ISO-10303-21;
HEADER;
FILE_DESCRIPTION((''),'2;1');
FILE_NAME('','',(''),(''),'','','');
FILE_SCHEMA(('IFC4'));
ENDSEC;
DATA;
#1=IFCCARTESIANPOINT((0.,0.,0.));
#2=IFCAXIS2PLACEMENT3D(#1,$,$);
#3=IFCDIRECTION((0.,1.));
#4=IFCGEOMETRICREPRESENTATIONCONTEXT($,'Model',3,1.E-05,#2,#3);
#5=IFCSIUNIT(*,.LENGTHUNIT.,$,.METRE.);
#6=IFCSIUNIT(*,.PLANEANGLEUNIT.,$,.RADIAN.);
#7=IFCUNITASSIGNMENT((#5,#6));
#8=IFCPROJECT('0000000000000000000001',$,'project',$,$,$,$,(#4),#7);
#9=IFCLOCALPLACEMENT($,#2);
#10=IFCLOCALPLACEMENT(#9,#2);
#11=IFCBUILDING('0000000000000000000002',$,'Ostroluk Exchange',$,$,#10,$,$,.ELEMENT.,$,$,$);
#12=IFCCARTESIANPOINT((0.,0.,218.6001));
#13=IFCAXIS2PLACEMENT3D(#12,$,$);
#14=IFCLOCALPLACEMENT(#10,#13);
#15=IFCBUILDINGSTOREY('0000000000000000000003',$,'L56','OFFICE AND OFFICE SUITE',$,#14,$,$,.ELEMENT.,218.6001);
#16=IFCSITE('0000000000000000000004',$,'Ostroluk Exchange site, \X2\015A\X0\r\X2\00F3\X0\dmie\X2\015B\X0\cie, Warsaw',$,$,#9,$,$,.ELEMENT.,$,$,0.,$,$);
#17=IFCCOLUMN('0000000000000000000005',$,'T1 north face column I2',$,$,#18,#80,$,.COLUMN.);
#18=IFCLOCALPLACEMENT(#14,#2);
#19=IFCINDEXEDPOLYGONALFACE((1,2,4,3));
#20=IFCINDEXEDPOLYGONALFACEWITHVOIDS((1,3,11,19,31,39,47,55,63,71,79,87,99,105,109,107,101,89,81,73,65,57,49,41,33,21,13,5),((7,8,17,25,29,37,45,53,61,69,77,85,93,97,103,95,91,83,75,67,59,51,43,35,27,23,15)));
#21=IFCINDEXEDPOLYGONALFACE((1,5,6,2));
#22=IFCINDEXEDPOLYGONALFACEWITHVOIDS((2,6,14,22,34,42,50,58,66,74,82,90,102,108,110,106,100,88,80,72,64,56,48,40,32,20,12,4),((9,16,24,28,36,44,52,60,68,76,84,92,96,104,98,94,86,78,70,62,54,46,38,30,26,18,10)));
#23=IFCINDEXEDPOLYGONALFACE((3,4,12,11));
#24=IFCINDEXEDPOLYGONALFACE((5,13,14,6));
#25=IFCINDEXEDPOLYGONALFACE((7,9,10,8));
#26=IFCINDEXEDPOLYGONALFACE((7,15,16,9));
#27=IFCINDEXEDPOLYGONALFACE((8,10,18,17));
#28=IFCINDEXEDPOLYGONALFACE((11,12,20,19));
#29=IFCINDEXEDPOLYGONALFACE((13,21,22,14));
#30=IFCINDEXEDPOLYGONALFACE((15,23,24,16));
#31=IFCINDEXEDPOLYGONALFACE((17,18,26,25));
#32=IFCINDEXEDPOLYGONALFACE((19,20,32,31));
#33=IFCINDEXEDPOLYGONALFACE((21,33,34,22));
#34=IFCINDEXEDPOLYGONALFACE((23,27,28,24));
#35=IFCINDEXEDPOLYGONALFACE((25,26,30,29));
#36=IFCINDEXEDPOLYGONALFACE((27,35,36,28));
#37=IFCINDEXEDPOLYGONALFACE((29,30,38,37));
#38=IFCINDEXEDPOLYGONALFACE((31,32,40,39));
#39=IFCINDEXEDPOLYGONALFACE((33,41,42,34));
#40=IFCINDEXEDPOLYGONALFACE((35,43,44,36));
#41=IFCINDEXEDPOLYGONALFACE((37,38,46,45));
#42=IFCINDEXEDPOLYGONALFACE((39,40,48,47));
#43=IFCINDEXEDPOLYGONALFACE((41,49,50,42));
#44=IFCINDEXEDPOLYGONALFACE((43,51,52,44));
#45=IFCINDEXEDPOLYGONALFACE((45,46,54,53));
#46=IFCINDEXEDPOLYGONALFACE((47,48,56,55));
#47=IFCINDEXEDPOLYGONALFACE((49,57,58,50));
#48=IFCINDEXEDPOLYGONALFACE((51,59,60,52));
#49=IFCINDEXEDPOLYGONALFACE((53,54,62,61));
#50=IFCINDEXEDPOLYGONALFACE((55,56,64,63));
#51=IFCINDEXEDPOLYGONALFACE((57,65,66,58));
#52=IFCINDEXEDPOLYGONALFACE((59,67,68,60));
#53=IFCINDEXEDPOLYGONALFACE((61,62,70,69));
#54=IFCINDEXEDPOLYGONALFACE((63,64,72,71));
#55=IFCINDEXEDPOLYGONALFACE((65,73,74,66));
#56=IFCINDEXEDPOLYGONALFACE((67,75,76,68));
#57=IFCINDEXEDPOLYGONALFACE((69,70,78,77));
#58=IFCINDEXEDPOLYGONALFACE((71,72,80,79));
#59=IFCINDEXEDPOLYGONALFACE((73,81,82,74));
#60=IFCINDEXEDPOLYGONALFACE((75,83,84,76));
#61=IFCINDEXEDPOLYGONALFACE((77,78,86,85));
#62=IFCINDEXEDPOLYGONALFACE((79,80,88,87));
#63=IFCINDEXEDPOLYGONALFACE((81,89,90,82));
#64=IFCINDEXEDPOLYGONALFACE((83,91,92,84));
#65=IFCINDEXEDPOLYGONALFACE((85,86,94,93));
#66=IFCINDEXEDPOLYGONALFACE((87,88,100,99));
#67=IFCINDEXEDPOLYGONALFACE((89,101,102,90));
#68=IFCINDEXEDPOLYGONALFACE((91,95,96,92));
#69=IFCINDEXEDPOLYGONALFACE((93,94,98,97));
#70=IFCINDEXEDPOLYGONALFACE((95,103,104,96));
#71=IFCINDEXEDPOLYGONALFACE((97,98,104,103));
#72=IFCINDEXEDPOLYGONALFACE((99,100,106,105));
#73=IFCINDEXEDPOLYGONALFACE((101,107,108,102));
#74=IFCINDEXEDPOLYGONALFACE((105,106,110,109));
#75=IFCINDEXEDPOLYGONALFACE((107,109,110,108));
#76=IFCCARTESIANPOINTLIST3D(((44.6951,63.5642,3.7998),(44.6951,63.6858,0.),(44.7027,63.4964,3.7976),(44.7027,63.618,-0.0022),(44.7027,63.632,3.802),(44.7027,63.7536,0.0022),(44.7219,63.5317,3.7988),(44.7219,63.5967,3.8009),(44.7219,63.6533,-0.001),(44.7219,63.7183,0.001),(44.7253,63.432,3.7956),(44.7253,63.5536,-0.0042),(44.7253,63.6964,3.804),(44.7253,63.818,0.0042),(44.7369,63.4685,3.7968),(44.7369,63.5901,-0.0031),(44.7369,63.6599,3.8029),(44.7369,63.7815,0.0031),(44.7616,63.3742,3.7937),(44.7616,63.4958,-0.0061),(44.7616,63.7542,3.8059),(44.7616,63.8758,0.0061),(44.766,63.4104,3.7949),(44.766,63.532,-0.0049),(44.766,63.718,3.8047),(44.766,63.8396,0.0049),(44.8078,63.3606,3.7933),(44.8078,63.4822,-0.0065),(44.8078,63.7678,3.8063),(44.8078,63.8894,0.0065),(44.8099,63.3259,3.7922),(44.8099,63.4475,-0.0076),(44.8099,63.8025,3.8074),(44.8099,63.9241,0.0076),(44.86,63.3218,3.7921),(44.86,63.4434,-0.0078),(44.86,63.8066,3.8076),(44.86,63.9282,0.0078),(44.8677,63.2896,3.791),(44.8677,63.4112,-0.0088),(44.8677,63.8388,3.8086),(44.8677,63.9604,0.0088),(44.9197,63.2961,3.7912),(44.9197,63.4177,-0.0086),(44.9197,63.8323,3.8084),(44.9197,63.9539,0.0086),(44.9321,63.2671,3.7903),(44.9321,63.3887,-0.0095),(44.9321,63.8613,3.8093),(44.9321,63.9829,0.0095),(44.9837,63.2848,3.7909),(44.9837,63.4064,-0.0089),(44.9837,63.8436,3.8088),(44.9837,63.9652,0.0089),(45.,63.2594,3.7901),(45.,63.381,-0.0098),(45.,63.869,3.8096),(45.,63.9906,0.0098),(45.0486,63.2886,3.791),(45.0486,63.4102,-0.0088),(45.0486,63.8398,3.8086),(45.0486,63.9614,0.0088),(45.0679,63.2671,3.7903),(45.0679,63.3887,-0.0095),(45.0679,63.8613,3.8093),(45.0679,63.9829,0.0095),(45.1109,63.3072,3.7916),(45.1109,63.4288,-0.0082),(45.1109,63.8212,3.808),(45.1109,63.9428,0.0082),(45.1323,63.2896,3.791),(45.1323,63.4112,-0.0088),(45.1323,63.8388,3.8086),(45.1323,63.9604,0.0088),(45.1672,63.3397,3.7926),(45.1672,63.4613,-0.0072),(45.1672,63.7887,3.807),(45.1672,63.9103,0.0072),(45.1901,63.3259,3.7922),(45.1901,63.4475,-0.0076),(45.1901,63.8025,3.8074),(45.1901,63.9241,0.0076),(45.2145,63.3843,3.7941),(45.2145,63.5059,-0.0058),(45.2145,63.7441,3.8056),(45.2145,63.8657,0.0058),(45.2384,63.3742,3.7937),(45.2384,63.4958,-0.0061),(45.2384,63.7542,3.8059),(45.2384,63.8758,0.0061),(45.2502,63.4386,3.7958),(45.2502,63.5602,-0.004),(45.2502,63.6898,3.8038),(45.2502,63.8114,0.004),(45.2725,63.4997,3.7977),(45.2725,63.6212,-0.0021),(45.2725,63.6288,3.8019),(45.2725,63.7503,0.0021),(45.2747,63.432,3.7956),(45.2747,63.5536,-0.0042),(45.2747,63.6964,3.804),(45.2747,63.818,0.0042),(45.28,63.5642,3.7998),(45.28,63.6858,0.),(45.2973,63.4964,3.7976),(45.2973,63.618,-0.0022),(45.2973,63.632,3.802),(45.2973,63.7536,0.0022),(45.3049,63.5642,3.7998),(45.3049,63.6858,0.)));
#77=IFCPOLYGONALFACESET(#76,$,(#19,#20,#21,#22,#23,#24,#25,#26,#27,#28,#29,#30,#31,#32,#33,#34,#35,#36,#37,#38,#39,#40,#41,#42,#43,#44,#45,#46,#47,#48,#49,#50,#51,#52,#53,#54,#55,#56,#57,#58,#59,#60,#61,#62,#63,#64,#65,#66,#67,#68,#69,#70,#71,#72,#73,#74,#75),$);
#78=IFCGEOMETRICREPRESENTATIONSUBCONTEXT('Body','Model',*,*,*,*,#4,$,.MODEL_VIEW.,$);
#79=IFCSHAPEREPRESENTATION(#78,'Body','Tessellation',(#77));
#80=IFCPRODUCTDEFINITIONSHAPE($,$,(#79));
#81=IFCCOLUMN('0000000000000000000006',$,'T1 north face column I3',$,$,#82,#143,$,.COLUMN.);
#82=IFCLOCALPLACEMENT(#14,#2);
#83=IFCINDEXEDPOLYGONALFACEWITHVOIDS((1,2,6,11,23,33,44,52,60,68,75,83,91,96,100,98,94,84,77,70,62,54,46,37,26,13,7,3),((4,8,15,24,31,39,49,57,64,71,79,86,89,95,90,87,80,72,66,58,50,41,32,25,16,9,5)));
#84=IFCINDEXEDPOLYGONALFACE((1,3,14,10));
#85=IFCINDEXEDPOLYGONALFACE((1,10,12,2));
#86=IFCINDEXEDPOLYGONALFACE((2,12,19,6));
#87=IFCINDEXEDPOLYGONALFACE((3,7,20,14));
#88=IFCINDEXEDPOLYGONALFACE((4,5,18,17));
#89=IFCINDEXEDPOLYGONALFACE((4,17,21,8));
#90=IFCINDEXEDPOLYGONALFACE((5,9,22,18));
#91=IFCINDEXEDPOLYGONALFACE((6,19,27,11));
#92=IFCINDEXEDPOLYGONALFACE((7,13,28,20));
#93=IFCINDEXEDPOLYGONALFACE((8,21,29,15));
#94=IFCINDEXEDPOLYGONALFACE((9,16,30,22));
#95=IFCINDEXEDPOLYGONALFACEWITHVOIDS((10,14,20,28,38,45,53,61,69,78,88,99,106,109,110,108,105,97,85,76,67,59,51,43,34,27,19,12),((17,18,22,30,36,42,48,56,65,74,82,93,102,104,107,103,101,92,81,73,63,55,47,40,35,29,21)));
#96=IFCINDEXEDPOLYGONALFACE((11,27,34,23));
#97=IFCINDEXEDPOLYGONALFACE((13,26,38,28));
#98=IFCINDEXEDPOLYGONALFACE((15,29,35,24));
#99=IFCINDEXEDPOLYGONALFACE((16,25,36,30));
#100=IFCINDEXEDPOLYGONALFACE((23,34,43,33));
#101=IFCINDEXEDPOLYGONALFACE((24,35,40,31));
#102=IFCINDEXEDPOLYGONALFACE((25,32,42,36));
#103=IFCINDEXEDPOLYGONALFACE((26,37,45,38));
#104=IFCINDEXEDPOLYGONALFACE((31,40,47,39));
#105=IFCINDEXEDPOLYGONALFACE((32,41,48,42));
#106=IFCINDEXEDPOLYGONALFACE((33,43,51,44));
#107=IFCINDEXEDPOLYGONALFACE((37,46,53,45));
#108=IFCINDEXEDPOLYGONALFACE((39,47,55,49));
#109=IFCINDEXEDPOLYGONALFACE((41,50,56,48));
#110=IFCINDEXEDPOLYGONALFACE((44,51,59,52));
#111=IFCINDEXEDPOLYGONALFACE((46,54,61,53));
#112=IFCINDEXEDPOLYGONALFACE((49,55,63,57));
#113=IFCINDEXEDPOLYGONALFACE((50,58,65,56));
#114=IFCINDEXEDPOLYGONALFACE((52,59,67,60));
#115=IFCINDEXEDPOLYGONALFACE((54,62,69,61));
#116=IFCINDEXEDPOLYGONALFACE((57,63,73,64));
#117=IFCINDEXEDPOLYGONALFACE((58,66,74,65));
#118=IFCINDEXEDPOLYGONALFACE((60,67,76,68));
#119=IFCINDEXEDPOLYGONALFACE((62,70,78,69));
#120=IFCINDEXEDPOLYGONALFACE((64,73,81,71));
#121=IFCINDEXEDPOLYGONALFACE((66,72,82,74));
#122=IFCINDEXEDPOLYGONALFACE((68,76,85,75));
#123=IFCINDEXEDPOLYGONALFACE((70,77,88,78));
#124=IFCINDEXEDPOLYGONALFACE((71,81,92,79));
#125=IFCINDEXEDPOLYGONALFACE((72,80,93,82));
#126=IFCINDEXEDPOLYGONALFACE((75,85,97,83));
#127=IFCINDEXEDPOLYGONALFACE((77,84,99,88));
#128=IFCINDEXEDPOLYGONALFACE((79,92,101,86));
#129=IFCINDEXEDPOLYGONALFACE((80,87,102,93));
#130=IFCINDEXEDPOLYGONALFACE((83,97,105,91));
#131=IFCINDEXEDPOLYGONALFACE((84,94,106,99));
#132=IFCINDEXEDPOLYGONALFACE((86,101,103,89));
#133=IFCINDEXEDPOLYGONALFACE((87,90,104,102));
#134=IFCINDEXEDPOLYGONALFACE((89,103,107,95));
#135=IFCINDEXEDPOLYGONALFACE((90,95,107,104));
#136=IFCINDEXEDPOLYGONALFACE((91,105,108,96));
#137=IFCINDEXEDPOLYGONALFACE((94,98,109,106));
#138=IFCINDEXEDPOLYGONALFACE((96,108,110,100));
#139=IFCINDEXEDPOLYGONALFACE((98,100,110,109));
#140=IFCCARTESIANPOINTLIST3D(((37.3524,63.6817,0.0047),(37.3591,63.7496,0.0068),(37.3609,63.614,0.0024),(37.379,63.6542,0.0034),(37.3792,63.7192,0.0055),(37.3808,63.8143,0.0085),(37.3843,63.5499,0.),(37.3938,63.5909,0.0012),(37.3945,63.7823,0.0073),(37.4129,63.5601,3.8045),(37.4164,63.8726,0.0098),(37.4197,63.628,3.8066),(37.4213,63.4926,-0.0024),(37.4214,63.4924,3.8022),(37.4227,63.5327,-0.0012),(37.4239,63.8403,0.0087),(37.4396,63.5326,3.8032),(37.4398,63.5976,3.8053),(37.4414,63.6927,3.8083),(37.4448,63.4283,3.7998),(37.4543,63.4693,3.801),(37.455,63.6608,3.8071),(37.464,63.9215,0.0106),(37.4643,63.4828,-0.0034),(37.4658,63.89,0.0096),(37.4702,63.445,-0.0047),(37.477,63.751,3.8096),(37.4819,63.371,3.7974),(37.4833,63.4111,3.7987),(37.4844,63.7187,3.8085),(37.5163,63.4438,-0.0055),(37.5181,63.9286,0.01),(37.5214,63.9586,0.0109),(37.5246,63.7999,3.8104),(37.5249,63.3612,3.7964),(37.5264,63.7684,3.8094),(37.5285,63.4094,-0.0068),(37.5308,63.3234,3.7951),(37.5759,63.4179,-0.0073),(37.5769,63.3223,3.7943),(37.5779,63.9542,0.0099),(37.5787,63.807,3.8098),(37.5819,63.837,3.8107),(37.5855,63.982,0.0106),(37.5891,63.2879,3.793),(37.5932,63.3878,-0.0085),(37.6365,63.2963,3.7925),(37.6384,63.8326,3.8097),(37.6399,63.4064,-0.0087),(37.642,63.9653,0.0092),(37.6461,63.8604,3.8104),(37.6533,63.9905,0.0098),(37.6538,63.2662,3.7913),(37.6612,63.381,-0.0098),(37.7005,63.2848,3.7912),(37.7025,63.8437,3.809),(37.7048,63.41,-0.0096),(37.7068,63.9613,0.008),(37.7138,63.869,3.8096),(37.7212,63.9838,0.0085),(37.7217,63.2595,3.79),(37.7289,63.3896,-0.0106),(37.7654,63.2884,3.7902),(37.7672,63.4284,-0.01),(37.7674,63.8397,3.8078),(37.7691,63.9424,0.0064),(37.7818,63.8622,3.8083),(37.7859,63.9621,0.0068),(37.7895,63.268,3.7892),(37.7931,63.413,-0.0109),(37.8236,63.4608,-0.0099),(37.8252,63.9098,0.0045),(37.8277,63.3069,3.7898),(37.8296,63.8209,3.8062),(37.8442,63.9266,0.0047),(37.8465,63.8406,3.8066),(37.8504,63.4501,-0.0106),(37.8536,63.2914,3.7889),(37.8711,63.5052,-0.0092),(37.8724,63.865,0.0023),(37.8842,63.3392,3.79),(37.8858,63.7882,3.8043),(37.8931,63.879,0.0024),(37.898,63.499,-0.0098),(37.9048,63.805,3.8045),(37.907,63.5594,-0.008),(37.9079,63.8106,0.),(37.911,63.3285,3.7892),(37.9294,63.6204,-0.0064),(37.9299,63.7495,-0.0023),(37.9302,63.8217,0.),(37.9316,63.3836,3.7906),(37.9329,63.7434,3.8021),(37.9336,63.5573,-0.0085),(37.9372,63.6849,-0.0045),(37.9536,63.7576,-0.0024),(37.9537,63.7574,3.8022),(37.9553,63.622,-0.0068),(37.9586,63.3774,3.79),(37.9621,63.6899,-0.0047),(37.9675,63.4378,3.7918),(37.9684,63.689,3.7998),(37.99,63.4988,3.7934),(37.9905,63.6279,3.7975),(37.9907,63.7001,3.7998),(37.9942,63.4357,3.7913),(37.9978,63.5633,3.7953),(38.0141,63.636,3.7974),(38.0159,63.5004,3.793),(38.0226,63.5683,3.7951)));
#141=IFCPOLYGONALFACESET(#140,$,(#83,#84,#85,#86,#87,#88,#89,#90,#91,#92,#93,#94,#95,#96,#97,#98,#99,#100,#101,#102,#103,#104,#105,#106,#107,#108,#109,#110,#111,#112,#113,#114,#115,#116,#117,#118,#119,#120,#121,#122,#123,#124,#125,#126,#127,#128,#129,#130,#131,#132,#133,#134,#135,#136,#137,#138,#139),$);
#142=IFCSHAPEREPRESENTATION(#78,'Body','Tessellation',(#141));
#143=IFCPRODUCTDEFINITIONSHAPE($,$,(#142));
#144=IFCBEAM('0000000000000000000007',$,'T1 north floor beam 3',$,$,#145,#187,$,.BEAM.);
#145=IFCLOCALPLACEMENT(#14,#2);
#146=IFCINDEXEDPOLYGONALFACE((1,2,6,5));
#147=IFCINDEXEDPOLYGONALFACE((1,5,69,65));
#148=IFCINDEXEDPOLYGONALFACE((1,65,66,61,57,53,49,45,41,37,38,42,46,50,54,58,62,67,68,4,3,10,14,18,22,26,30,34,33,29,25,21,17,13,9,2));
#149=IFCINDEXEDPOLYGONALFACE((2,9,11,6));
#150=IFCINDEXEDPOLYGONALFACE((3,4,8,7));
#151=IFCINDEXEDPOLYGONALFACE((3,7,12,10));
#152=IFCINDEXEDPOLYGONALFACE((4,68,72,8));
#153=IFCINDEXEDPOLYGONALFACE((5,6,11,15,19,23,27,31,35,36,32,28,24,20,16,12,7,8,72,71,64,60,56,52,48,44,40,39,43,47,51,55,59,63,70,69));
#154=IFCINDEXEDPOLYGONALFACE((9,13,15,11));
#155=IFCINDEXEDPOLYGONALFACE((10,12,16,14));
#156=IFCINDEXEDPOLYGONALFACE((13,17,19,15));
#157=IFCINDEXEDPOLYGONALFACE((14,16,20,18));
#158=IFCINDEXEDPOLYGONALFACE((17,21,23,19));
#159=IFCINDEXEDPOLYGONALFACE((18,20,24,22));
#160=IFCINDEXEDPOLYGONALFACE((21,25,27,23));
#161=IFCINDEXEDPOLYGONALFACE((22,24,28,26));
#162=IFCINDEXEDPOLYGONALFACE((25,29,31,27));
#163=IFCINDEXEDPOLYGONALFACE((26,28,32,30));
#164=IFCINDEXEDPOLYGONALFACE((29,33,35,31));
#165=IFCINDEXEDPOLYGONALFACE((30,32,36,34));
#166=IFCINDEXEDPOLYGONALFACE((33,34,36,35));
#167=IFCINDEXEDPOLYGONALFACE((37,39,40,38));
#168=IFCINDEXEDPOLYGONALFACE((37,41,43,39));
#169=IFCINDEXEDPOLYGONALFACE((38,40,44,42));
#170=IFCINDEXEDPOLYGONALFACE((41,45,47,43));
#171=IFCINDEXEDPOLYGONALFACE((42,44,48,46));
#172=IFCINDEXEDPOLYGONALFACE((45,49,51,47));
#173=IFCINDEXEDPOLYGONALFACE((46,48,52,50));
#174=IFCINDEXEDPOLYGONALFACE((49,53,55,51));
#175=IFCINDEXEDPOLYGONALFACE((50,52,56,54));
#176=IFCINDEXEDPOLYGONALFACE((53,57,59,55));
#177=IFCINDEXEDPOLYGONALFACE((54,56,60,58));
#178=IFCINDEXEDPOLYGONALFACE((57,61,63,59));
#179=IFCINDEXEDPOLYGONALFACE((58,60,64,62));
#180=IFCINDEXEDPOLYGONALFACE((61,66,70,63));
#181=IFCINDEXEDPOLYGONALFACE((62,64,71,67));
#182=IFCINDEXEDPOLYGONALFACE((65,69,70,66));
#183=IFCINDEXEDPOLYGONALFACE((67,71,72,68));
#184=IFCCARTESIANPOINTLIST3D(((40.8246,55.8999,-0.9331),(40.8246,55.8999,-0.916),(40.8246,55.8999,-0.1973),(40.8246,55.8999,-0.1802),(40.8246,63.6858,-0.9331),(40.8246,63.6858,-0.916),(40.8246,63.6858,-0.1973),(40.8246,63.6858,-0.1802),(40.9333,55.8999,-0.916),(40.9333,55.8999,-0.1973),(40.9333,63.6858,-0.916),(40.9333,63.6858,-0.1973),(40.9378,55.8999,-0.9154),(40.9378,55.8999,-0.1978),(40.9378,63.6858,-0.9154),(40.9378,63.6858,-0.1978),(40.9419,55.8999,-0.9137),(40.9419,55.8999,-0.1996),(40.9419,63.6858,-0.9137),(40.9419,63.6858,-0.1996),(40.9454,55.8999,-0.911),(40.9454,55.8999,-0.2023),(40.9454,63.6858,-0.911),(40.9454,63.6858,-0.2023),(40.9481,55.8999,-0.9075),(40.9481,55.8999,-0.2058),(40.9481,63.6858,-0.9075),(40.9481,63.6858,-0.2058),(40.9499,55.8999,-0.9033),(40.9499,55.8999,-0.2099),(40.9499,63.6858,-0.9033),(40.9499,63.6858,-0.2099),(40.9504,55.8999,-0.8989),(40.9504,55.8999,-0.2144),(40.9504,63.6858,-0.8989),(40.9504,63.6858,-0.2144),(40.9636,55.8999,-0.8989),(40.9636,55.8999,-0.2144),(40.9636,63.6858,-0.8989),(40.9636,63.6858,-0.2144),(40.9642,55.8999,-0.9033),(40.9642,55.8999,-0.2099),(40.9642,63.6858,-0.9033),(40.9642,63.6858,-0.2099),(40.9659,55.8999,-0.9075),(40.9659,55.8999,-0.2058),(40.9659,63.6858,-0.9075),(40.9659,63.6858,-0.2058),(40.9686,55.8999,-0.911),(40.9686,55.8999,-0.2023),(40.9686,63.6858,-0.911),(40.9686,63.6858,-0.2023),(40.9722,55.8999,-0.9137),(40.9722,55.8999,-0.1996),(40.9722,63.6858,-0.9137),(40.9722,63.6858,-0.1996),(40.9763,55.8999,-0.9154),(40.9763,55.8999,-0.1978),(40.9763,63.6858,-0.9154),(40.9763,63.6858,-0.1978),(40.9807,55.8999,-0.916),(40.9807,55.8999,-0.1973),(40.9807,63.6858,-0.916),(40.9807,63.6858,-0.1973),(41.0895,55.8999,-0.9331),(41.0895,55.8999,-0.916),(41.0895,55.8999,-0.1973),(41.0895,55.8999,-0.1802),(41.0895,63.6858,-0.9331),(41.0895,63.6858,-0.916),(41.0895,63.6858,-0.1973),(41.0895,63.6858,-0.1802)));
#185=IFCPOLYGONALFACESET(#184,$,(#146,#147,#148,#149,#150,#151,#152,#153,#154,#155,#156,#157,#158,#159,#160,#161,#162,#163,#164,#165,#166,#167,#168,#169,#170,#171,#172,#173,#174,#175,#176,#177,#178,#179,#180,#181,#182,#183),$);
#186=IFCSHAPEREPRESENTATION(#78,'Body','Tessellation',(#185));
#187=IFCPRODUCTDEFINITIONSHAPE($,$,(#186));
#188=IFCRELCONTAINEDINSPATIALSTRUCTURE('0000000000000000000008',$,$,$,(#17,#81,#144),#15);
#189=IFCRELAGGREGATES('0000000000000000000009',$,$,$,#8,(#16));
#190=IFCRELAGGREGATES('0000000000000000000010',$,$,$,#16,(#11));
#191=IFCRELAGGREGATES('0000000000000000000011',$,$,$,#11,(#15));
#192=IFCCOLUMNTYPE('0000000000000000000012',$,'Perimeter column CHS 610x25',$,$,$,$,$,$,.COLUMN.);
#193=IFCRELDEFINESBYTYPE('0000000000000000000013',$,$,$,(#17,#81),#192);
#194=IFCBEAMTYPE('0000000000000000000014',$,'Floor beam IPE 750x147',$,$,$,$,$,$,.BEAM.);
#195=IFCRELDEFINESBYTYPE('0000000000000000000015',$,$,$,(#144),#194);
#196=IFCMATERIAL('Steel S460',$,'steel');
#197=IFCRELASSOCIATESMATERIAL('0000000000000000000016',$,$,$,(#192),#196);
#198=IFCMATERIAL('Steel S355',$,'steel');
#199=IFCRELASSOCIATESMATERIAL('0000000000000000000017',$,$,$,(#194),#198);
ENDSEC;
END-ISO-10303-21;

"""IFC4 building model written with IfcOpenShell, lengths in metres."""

from ifc_helpers import new_model, si_unit, direction, frame, origin, origin_2d, place, context, subcontext, project, spatial, hollow_circle, i_section, extrude, material, material_profile, profile_set, type_object, element, save


model = new_model("IFC4")

# Units and contexts
model_context = context("Model", 3, precision=1e-05, world=origin(), true_north=direction((0.0, 1.0)))
body_context = subcontext(model_context, "Body", "Model", "MODEL_VIEW")
ifc_project = project(units=[si_unit("LENGTHUNIT", "METRE"), si_unit("PLANEANGLEUNIT", "RADIAN")], contexts=[model_context])

# Site, building, storey
site_placement = place(None, origin())
site = spatial("IfcSite", under=ifc_project, at=site_placement, Name="Ostroluk Exchange site, Śródmieście, Warsaw", CompositionType="ELEMENT", RefElevation=0.0)
building_placement = place(site_placement, origin())
building = spatial("IfcBuilding", under=site, at=building_placement, Name="Ostroluk Exchange", CompositionType="ELEMENT")
storey_placement = place(building_placement, frame((0.0, 0.0, 218.6001)))
storey = spatial("IfcBuildingStorey", under=building, at=storey_placement, Name="L56", Description="OFFICE AND OFFICE SUITE", CompositionType="ELEMENT", Elevation=218.6001)

# Columns
ifc_material_1 = material(Name="Steel S460", Category="steel")
ifc_material_profile_1 = material_profile(ifc_material_1, hollow_circle(Radius=0.3049, WallThickness=0.0249, at=origin_2d()), Name="CHS 610x25")
ifc_profile_set_1 = profile_set([ifc_material_profile_1], Name="Steel S460")
column_type = type_object("IfcColumnType", Name="Perimeter column CHS 610x25", PredefinedType="COLUMN", material=ifc_profile_set_1)
column_1_placement = place(storey_placement, frame((45.0, 63.6858, 0.0), z_axis=(0.0, -0.031981, 0.999488), x_axis=(1.0, 0.0, 0.0)))
element("IfcColumn", 1, at=column_1_placement, inside=storey, type_object=column_type, Name="T1 north face column I2", PredefinedType="COLUMN", context=body_context, shape_type="SweptSolid", body=[
    extrude(hollow_circle(Radius=0.3049, WallThickness=0.0249, at=origin_2d()), origin(), (0.0, 0.0, 1.0), 3.8018),
])
column_2_placement = place(storey_placement, frame((37.6572, 63.6858, 0.0), z_axis=(0.015924, -0.031976, 0.999362), x_axis=(0.895145, 0.445775, 0.0)))
element("IfcColumn", 2, at=column_2_placement, inside=storey, type_object=column_type, Name="T1 north face column I3", PredefinedType="COLUMN", context=body_context, shape_type="SweptSolid", body=[
    extrude(hollow_circle(Radius=0.3049, WallThickness=0.0249, at=origin_2d()), origin(), (0.0, 0.0, 1.0), 3.8022),
])

# Beam
ifc_material_2 = material(Name="Steel S355", Category="steel")
ifc_material_profile_2 = material_profile(ifc_material_2, i_section(OverallWidth=0.2649, OverallDepth=0.7529, WebThickness=0.0132, FlangeThickness=0.0171, FilletRadius=0.0171, at=origin_2d()), Name="IPE 750x147")
ifc_profile_set_2 = profile_set([ifc_material_profile_2], Name="Steel S355")
beam_type_1 = type_object("IfcBeamType", Name="Floor beam IPE 750x147", PredefinedType="BEAM", material=ifc_profile_set_2)
for number, where, z_axis, x_axis, name in (
    (3, (40.957, 55.8999, -0.5566), (0.0, 1.0, 0.0), (-1.0, 0.0, 0.0), "T1 north floor beam 3"),
):
    element("IfcBeam", number, at=place(storey_placement, frame(where, z_axis=z_axis, x_axis=x_axis)), inside=storey, type_object=beam_type_1, Name=name, PredefinedType="BEAM", context=body_context, shape_type="SweptSolid", body=[
        extrude(i_section(OverallWidth=0.2649, OverallDepth=0.7529, WebThickness=0.0132, FlangeThickness=0.0171, FilletRadius=0.0171, at=origin_2d()), origin(), (0.0, 0.0, 1.0), 7.7859),
    ])

save(model, "model.ifc")
